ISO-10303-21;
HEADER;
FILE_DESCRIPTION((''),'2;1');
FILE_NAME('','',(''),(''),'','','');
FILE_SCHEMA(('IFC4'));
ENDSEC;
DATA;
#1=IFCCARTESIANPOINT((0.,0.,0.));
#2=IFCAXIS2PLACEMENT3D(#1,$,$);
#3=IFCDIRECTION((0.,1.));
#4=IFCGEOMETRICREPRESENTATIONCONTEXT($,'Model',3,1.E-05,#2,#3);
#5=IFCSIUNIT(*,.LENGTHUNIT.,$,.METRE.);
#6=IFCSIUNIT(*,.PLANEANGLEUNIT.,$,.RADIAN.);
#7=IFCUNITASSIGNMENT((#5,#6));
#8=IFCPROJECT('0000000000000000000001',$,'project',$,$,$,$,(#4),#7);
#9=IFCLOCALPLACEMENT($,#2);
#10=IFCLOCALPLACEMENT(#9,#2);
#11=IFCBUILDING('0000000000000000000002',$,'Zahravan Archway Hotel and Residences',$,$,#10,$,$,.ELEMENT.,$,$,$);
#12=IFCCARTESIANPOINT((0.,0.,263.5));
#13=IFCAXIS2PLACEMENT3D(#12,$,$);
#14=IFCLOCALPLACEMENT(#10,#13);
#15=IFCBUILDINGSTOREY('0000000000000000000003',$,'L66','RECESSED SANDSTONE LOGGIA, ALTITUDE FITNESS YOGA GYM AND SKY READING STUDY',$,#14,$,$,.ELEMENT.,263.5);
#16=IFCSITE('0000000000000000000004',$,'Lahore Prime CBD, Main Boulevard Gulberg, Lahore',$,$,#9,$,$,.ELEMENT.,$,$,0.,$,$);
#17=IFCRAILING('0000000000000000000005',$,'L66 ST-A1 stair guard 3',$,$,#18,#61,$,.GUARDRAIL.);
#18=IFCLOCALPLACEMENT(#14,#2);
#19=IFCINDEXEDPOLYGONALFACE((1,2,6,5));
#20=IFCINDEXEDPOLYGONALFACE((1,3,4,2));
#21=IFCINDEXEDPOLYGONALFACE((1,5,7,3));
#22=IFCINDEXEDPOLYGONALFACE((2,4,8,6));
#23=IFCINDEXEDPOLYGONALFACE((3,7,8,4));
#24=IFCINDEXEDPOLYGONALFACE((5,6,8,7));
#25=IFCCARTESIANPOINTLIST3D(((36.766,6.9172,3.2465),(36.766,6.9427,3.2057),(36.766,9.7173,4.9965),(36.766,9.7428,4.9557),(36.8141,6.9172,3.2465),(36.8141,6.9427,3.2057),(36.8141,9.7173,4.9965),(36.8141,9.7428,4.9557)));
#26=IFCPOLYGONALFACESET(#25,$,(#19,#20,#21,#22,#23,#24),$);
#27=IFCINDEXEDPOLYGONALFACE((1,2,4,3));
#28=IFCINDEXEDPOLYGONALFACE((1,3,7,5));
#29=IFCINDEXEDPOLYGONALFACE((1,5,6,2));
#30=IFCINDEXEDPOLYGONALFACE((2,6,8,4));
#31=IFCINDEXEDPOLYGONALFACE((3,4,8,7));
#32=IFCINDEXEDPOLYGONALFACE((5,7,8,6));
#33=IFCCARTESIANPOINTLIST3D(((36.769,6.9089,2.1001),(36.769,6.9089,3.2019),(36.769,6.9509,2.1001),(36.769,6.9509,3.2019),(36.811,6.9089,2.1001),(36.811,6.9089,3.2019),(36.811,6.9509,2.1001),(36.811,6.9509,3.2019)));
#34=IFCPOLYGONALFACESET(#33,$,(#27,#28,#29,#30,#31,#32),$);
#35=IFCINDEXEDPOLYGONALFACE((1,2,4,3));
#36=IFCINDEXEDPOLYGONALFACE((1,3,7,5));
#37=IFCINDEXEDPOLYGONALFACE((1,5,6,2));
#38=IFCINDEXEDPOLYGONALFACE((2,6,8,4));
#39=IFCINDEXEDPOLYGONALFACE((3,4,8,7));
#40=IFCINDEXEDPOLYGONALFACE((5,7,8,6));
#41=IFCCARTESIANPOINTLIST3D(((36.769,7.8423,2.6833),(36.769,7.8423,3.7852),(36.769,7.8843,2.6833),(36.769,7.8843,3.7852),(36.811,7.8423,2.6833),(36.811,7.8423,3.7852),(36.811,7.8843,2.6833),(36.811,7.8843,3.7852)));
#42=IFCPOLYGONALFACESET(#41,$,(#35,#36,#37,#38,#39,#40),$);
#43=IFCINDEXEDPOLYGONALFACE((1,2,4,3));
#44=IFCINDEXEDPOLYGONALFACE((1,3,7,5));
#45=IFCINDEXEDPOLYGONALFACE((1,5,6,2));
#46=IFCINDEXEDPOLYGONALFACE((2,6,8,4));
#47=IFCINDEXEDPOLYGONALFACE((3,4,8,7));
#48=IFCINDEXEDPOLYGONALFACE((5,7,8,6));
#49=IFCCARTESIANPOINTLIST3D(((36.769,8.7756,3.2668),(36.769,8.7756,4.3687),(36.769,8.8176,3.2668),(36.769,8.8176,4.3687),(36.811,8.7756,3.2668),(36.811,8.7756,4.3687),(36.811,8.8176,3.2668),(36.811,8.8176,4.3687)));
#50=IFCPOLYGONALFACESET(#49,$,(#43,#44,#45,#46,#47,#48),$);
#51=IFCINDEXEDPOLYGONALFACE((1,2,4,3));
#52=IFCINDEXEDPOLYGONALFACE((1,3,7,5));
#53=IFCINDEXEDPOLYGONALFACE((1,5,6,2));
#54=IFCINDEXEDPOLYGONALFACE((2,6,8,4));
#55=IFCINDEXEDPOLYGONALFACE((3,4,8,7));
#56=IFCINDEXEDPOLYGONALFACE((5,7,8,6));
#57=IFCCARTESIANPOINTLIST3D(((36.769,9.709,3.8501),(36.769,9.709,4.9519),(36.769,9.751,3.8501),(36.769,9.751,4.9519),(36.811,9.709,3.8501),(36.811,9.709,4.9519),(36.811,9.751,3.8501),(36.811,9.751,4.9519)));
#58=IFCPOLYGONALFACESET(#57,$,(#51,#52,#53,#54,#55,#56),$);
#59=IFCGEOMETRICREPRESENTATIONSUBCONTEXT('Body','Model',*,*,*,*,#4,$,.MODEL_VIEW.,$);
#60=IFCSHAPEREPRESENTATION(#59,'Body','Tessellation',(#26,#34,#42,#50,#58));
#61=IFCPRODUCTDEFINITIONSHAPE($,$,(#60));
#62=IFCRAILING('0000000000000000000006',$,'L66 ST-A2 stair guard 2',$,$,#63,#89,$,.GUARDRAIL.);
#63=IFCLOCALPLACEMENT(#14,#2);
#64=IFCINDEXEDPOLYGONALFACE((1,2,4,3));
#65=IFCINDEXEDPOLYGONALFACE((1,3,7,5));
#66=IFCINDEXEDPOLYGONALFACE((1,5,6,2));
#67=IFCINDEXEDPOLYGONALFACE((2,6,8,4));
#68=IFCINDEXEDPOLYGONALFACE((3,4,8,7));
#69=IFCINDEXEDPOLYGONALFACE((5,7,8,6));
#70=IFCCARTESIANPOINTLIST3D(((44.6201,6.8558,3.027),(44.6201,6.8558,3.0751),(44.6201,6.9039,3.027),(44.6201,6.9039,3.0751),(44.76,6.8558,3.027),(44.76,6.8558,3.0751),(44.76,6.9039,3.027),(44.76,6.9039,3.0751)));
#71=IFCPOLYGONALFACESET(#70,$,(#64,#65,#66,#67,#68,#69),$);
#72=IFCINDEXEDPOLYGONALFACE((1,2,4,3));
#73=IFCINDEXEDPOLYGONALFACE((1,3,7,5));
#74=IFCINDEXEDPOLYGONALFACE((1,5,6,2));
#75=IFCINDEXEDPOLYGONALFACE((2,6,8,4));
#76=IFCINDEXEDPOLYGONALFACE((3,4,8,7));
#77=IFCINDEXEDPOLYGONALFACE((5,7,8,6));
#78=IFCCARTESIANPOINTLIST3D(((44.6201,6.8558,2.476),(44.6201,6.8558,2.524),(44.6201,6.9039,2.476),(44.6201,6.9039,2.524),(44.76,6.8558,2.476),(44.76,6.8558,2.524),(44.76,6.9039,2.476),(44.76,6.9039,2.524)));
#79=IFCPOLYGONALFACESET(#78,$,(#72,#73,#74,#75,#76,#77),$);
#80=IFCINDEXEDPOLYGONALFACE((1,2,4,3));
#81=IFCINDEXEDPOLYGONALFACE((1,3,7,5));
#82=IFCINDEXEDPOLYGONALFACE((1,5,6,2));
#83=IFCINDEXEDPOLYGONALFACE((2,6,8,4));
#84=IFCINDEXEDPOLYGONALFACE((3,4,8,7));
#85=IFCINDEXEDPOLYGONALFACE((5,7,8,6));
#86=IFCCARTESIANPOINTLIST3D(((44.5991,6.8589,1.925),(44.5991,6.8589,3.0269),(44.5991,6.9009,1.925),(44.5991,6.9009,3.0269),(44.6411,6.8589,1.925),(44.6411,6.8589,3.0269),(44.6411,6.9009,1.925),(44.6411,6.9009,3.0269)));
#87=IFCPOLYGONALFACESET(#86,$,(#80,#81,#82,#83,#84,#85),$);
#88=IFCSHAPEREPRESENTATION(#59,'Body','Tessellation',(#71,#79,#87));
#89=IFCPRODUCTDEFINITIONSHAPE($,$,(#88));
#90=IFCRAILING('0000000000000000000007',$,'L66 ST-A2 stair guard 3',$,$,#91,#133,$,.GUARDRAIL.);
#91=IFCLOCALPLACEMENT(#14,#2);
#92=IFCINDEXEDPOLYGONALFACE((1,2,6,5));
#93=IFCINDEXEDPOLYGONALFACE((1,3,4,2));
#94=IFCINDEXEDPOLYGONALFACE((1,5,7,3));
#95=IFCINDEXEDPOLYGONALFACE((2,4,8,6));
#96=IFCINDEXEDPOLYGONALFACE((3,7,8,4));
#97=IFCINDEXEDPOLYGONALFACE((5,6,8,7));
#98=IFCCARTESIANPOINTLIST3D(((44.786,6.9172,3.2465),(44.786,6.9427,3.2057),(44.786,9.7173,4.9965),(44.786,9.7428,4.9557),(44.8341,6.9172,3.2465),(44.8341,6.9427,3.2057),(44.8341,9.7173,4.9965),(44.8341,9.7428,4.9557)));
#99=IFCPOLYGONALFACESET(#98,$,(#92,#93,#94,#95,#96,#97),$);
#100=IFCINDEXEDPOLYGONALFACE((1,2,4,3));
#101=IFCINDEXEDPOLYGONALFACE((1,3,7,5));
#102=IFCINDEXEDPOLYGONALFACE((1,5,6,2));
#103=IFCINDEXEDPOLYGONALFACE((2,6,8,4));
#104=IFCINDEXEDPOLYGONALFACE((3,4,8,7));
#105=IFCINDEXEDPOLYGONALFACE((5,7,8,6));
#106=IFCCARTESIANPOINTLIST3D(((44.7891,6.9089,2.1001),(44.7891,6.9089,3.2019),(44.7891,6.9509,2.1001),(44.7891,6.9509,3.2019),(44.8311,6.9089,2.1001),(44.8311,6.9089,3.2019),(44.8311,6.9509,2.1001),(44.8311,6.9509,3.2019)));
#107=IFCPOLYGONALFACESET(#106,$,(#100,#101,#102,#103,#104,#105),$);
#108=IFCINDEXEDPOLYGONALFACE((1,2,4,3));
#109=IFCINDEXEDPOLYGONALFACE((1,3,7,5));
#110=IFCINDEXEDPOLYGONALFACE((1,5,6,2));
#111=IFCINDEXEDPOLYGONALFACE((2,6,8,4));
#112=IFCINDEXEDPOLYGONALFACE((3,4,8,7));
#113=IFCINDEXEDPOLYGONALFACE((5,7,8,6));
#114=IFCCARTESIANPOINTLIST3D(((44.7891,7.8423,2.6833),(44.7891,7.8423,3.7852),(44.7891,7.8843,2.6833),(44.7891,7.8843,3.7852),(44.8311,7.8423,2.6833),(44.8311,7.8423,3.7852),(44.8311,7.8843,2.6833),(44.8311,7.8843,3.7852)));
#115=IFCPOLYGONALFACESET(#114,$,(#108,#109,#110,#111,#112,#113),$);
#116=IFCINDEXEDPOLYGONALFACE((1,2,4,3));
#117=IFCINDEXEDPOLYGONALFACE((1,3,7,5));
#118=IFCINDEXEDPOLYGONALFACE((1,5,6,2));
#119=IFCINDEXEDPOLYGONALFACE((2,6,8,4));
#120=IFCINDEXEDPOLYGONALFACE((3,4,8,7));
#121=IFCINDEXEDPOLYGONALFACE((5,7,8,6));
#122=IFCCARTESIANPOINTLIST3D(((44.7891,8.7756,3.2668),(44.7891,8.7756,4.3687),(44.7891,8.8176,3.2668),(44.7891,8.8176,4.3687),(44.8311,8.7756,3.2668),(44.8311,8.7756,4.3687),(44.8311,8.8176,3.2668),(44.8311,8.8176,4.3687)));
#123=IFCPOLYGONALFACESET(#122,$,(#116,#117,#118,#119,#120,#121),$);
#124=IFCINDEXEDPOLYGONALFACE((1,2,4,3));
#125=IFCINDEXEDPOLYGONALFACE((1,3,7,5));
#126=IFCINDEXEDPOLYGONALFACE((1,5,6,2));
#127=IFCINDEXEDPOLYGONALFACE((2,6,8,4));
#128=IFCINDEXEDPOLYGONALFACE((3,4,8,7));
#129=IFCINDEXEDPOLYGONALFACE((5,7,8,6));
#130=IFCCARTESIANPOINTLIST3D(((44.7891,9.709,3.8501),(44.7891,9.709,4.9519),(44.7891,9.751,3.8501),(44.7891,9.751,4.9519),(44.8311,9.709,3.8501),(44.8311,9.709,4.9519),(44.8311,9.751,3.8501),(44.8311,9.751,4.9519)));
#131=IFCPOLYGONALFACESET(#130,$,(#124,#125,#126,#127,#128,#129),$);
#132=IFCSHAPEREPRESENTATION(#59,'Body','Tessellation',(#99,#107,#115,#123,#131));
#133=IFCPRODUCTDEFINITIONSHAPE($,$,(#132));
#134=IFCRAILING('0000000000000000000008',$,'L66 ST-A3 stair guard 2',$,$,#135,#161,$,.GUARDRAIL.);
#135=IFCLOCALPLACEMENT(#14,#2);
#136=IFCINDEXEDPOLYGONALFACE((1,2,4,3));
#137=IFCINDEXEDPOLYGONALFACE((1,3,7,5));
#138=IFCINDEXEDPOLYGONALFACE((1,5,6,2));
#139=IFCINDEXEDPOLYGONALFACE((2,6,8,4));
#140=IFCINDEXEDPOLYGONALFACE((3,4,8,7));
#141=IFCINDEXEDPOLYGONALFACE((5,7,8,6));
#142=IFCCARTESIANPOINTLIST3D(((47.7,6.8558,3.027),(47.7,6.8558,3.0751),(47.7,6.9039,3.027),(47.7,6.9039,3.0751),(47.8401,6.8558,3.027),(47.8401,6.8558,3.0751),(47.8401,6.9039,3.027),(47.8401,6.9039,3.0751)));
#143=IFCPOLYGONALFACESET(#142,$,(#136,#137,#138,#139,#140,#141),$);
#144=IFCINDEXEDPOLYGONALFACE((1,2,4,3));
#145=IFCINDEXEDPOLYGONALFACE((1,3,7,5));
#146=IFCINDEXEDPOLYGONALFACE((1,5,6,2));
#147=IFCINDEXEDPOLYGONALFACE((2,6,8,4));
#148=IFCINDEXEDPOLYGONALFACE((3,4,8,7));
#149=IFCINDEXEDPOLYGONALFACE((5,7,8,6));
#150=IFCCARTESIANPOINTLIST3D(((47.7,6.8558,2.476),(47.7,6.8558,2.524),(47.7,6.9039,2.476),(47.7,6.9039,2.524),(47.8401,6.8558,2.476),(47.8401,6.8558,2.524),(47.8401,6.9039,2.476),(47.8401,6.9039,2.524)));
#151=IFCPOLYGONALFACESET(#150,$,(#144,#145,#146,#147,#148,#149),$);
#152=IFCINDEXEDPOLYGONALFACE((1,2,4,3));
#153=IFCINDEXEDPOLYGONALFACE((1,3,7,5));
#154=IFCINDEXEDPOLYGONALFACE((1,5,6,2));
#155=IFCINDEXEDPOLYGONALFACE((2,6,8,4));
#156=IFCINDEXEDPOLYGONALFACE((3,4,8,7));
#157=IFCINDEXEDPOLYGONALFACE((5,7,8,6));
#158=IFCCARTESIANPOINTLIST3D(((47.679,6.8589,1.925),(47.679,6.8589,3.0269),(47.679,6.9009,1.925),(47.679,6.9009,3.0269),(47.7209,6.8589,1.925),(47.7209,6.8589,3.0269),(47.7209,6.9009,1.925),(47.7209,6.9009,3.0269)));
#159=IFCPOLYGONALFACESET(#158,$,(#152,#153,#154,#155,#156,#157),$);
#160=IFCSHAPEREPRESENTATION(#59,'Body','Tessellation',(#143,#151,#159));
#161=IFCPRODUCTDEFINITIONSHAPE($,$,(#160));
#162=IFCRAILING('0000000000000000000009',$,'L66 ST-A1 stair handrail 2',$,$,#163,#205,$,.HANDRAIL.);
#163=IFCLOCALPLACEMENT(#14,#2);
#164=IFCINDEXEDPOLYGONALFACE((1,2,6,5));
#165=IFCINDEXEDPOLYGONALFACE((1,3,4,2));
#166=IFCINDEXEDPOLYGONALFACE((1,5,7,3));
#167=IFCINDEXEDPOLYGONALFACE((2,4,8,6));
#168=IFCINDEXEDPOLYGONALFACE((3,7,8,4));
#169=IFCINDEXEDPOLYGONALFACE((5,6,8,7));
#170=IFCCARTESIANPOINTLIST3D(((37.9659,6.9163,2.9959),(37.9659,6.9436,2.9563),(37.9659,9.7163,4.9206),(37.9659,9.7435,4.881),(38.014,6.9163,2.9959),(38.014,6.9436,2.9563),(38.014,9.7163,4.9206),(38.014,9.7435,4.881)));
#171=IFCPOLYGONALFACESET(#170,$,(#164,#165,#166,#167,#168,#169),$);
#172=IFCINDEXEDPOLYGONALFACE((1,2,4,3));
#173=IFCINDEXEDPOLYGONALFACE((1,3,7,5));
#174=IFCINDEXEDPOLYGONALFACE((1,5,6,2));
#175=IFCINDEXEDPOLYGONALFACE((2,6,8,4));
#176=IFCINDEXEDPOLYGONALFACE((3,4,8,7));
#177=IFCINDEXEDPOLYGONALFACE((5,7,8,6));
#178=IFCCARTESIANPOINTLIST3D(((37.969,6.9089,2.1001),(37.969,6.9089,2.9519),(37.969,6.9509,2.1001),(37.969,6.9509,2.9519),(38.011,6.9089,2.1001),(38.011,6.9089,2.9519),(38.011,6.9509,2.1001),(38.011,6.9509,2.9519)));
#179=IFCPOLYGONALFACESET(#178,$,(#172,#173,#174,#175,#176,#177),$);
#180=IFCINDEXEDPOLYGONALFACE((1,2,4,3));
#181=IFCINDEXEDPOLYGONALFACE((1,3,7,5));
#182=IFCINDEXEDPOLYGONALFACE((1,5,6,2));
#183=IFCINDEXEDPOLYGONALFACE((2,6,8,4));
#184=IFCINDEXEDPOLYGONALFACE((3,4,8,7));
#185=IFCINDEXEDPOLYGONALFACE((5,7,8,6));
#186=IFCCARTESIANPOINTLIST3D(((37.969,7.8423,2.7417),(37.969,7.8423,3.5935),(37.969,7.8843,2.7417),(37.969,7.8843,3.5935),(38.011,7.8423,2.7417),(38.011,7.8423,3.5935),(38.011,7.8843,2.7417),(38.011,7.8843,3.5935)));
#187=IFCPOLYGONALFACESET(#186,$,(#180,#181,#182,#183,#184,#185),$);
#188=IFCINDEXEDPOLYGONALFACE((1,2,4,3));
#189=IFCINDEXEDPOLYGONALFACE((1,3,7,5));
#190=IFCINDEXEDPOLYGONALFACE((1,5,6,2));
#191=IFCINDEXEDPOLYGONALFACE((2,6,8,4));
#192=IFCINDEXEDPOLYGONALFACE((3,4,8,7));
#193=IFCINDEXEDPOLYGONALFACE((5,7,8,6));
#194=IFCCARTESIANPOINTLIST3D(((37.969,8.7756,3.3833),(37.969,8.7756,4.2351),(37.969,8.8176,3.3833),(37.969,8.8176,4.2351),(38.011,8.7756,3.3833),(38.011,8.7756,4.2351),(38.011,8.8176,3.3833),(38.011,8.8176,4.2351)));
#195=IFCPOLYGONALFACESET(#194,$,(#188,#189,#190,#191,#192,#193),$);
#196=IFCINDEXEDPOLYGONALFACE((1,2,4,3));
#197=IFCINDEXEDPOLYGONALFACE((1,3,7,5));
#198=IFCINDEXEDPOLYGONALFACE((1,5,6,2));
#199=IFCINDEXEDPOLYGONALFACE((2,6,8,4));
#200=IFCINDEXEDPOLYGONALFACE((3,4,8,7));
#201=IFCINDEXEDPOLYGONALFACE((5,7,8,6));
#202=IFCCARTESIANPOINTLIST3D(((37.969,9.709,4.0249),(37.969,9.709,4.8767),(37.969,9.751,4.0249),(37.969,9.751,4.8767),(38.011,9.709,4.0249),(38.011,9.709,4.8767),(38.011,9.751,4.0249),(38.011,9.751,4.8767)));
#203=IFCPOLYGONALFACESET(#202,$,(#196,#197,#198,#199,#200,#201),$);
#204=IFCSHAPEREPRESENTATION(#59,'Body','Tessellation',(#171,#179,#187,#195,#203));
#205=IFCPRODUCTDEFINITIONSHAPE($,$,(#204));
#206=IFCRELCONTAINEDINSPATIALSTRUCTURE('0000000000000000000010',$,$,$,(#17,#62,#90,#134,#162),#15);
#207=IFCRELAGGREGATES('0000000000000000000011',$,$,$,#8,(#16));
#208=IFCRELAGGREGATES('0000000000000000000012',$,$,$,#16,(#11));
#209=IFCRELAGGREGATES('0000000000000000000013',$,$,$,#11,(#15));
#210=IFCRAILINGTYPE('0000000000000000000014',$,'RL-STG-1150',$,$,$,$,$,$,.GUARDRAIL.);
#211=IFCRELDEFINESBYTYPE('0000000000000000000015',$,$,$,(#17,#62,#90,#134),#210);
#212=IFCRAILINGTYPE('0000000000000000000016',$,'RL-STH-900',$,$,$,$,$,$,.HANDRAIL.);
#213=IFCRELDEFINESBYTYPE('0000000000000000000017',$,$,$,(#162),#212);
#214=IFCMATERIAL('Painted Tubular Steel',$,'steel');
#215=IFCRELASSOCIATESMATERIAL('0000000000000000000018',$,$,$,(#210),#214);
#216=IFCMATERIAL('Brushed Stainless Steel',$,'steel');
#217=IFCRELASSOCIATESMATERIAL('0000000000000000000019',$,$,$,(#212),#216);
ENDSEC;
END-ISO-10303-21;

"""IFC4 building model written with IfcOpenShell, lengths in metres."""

from ifc_helpers import new_model, si_unit, direction, frame, origin, origin_2d, place, context, subcontext, project, spatial, rectangle, extrude, material, type_object, element, save


model = new_model("IFC4")

# Units and contexts
model_context = context("Model", 3, precision=1e-05, world=origin(), true_north=direction((0.0, 1.0)))
body_context = subcontext(model_context, "Body", "Model", "MODEL_VIEW")
ifc_project = project(units=[si_unit("LENGTHUNIT", "METRE"), si_unit("PLANEANGLEUNIT", "RADIAN")], contexts=[model_context])

# Site, building, storey
site_placement = place(None, origin())
site = spatial("IfcSite", under=ifc_project, at=site_placement, Name="Lahore Prime CBD, Main Boulevard Gulberg, Lahore", CompositionType="ELEMENT", RefElevation=0.0)
building_placement = place(site_placement, origin())
building = spatial("IfcBuilding", under=site, at=building_placement, Name="Zahravan Archway Hotel and Residences", CompositionType="ELEMENT")
storey_placement = place(building_placement, frame((0.0, 0.0, 263.5)))
storey = spatial("IfcBuildingStorey", under=building, at=storey_placement, Name="L66", Description="RECESSED SANDSTONE LOGGIA, ALTITUDE FITNESS YOGA GYM AND SKY READING STUDY", CompositionType="ELEMENT", Elevation=263.5)

# Railings
ifc_material_1 = material(Name="Painted Tubular Steel", Category="steel")
railing_type_1 = type_object("IfcRailingType", Name="RL-STG-1150", PredefinedType="GUARDRAIL", material=ifc_material_1)
railing_1_placement = place(storey_placement, frame((36.79, 6.9299, 2.1001)))
element("IfcRailing", 1, at=railing_1_placement, inside=storey, type_object=railing_type_1, Name="L66 ST-A1 stair guard 3", PredefinedType="GUARDRAIL", context=body_context, shape_type="SweptSolid", body=[
    extrude(rectangle(XDim=0.0481, YDim=0.0481, at=origin_2d()), frame((0.0, 0.0, 1.126), z_axis=(0.0, 0.848002, 0.529992), x_axis=(-1.0, 0.0, 0.0)), (0.0, 0.0, 1.0), 3.302),
    extrude(rectangle(XDim=0.042, YDim=0.042, at=origin_2d()), origin(), (0.0, 0.0, 1.0), 1.1018),
    extrude(rectangle(XDim=0.042, YDim=0.042, at=origin_2d()), frame((0.0, 0.9333, 0.5833)), (0.0, 0.0, 1.0), 1.1018),
    extrude(rectangle(XDim=0.042, YDim=0.042, at=origin_2d()), frame((0.0, 1.8667, 1.1667)), (0.0, 0.0, 1.0), 1.1018),
    extrude(rectangle(XDim=0.042, YDim=0.042, at=origin_2d()), frame((0.0, 2.8, 1.75)), (0.0, 0.0, 1.0), 1.1018),
])
railing_2_placement = place(storey_placement, frame((44.6201, 6.8799, 1.925)))
element("IfcRailing", 2, at=railing_2_placement, inside=storey, type_object=railing_type_1, Name="L66 ST-A2 stair guard 2", PredefinedType="GUARDRAIL", context=body_context, shape_type="SweptSolid", body=[
    extrude(rectangle(XDim=0.0481, YDim=0.0481, at=origin_2d()), frame((0.0, 0.0, 1.126), z_axis=(1.0, 0.0, 0.0), x_axis=(0.0, 1.0, 0.0)), (0.0, 0.0, 1.0), 0.1399),
    extrude(rectangle(XDim=0.0481, YDim=0.0481, at=origin_2d()), frame((0.0, 0.0, 0.575), z_axis=(1.0, 0.0, 0.0), x_axis=(0.0, 1.0, 0.0)), (0.0, 0.0, 1.0), 0.1399),
    extrude(rectangle(XDim=0.042, YDim=0.042, at=origin_2d()), origin(), (0.0, 0.0, 1.0), 1.1018),
])
railing_3_placement = place(storey_placement, frame((44.8101, 6.9299, 2.1001)))
element("IfcRailing", 3, at=railing_3_placement, inside=storey, type_object=railing_type_1, Name="L66 ST-A2 stair guard 3", PredefinedType="GUARDRAIL", context=body_context, shape_type="SweptSolid", body=[
    extrude(rectangle(XDim=0.0481, YDim=0.0481, at=origin_2d()), frame((0.0, 0.0, 1.126), z_axis=(0.0, 0.848002, 0.529992), x_axis=(-1.0, 0.0, 0.0)), (0.0, 0.0, 1.0), 3.302),
    extrude(rectangle(XDim=0.042, YDim=0.042, at=origin_2d()), origin(), (0.0, 0.0, 1.0), 1.1018),
    extrude(rectangle(XDim=0.042, YDim=0.042, at=origin_2d()), frame((0.0, 0.9333, 0.5833)), (0.0, 0.0, 1.0), 1.1018),
    extrude(rectangle(XDim=0.042, YDim=0.042, at=origin_2d()), frame((0.0, 1.8667, 1.1667)), (0.0, 0.0, 1.0), 1.1018),
    extrude(rectangle(XDim=0.042, YDim=0.042, at=origin_2d()), frame((0.0, 2.8, 1.75)), (0.0, 0.0, 1.0), 1.1018),
])
railing_4_placement = place(storey_placement, frame((47.7, 6.8799, 1.925)))
element("IfcRailing", 4, at=railing_4_placement, inside=storey, type_object=railing_type_1, Name="L66 ST-A3 stair guard 2", PredefinedType="GUARDRAIL", context=body_context, shape_type="SweptSolid", body=[
    extrude(rectangle(XDim=0.0481, YDim=0.0481, at=origin_2d()), frame((0.0, 0.0, 1.126), z_axis=(1.0, 0.0, 0.0), x_axis=(0.0, 1.0, 0.0)), (0.0, 0.0, 1.0), 0.1401),
    extrude(rectangle(XDim=0.0481, YDim=0.0481, at=origin_2d()), frame((0.0, 0.0, 0.575), z_axis=(1.0, 0.0, 0.0), x_axis=(0.0, 1.0, 0.0)), (0.0, 0.0, 1.0), 0.1401),
    extrude(rectangle(XDim=0.042, YDim=0.042, at=origin_2d()), origin(), (0.0, 0.0, 1.0), 1.1018),
])
ifc_material_2 = material(Name="Brushed Stainless Steel", Category="steel")
railing_type_2 = type_object("IfcRailingType", Name="RL-STH-900", PredefinedType="HANDRAIL", material=ifc_material_2)
for number, where, name in (
    (5, (37.99, 6.9299, 2.1001), "L66 ST-A1 stair handrail 2"),
):
    element("IfcRailing", number, at=place(storey_placement, frame(where)), inside=storey, type_object=railing_type_2, Name=name, PredefinedType="HANDRAIL", context=body_context, shape_type="SweptSolid", body=[
        extrude(rectangle(XDim=0.0481, YDim=0.0481, at=origin_2d()), frame((0.0, 0.0, 0.876), z_axis=(0.0, 0.824073, 0.566483), x_axis=(-1.0, 0.0, 0.0)), (0.0, 0.0, 1.0), 3.3977),
        extrude(rectangle(XDim=0.042, YDim=0.042, at=origin_2d()), origin(), (0.0, 0.0, 1.0), 0.8518),
        extrude(rectangle(XDim=0.042, YDim=0.042, at=origin_2d()), frame((0.0, 0.9333, 0.6416)), (0.0, 0.0, 1.0), 0.8518),
        extrude(rectangle(XDim=0.042, YDim=0.042, at=origin_2d()), frame((0.0, 1.8667, 1.2832)), (0.0, 0.0, 1.0), 0.8518),
        extrude(rectangle(XDim=0.042, YDim=0.042, at=origin_2d()), frame((0.0, 2.8, 1.9248)), (0.0, 0.0, 1.0), 0.8518),
    ])

save(model, "model.ifc")
